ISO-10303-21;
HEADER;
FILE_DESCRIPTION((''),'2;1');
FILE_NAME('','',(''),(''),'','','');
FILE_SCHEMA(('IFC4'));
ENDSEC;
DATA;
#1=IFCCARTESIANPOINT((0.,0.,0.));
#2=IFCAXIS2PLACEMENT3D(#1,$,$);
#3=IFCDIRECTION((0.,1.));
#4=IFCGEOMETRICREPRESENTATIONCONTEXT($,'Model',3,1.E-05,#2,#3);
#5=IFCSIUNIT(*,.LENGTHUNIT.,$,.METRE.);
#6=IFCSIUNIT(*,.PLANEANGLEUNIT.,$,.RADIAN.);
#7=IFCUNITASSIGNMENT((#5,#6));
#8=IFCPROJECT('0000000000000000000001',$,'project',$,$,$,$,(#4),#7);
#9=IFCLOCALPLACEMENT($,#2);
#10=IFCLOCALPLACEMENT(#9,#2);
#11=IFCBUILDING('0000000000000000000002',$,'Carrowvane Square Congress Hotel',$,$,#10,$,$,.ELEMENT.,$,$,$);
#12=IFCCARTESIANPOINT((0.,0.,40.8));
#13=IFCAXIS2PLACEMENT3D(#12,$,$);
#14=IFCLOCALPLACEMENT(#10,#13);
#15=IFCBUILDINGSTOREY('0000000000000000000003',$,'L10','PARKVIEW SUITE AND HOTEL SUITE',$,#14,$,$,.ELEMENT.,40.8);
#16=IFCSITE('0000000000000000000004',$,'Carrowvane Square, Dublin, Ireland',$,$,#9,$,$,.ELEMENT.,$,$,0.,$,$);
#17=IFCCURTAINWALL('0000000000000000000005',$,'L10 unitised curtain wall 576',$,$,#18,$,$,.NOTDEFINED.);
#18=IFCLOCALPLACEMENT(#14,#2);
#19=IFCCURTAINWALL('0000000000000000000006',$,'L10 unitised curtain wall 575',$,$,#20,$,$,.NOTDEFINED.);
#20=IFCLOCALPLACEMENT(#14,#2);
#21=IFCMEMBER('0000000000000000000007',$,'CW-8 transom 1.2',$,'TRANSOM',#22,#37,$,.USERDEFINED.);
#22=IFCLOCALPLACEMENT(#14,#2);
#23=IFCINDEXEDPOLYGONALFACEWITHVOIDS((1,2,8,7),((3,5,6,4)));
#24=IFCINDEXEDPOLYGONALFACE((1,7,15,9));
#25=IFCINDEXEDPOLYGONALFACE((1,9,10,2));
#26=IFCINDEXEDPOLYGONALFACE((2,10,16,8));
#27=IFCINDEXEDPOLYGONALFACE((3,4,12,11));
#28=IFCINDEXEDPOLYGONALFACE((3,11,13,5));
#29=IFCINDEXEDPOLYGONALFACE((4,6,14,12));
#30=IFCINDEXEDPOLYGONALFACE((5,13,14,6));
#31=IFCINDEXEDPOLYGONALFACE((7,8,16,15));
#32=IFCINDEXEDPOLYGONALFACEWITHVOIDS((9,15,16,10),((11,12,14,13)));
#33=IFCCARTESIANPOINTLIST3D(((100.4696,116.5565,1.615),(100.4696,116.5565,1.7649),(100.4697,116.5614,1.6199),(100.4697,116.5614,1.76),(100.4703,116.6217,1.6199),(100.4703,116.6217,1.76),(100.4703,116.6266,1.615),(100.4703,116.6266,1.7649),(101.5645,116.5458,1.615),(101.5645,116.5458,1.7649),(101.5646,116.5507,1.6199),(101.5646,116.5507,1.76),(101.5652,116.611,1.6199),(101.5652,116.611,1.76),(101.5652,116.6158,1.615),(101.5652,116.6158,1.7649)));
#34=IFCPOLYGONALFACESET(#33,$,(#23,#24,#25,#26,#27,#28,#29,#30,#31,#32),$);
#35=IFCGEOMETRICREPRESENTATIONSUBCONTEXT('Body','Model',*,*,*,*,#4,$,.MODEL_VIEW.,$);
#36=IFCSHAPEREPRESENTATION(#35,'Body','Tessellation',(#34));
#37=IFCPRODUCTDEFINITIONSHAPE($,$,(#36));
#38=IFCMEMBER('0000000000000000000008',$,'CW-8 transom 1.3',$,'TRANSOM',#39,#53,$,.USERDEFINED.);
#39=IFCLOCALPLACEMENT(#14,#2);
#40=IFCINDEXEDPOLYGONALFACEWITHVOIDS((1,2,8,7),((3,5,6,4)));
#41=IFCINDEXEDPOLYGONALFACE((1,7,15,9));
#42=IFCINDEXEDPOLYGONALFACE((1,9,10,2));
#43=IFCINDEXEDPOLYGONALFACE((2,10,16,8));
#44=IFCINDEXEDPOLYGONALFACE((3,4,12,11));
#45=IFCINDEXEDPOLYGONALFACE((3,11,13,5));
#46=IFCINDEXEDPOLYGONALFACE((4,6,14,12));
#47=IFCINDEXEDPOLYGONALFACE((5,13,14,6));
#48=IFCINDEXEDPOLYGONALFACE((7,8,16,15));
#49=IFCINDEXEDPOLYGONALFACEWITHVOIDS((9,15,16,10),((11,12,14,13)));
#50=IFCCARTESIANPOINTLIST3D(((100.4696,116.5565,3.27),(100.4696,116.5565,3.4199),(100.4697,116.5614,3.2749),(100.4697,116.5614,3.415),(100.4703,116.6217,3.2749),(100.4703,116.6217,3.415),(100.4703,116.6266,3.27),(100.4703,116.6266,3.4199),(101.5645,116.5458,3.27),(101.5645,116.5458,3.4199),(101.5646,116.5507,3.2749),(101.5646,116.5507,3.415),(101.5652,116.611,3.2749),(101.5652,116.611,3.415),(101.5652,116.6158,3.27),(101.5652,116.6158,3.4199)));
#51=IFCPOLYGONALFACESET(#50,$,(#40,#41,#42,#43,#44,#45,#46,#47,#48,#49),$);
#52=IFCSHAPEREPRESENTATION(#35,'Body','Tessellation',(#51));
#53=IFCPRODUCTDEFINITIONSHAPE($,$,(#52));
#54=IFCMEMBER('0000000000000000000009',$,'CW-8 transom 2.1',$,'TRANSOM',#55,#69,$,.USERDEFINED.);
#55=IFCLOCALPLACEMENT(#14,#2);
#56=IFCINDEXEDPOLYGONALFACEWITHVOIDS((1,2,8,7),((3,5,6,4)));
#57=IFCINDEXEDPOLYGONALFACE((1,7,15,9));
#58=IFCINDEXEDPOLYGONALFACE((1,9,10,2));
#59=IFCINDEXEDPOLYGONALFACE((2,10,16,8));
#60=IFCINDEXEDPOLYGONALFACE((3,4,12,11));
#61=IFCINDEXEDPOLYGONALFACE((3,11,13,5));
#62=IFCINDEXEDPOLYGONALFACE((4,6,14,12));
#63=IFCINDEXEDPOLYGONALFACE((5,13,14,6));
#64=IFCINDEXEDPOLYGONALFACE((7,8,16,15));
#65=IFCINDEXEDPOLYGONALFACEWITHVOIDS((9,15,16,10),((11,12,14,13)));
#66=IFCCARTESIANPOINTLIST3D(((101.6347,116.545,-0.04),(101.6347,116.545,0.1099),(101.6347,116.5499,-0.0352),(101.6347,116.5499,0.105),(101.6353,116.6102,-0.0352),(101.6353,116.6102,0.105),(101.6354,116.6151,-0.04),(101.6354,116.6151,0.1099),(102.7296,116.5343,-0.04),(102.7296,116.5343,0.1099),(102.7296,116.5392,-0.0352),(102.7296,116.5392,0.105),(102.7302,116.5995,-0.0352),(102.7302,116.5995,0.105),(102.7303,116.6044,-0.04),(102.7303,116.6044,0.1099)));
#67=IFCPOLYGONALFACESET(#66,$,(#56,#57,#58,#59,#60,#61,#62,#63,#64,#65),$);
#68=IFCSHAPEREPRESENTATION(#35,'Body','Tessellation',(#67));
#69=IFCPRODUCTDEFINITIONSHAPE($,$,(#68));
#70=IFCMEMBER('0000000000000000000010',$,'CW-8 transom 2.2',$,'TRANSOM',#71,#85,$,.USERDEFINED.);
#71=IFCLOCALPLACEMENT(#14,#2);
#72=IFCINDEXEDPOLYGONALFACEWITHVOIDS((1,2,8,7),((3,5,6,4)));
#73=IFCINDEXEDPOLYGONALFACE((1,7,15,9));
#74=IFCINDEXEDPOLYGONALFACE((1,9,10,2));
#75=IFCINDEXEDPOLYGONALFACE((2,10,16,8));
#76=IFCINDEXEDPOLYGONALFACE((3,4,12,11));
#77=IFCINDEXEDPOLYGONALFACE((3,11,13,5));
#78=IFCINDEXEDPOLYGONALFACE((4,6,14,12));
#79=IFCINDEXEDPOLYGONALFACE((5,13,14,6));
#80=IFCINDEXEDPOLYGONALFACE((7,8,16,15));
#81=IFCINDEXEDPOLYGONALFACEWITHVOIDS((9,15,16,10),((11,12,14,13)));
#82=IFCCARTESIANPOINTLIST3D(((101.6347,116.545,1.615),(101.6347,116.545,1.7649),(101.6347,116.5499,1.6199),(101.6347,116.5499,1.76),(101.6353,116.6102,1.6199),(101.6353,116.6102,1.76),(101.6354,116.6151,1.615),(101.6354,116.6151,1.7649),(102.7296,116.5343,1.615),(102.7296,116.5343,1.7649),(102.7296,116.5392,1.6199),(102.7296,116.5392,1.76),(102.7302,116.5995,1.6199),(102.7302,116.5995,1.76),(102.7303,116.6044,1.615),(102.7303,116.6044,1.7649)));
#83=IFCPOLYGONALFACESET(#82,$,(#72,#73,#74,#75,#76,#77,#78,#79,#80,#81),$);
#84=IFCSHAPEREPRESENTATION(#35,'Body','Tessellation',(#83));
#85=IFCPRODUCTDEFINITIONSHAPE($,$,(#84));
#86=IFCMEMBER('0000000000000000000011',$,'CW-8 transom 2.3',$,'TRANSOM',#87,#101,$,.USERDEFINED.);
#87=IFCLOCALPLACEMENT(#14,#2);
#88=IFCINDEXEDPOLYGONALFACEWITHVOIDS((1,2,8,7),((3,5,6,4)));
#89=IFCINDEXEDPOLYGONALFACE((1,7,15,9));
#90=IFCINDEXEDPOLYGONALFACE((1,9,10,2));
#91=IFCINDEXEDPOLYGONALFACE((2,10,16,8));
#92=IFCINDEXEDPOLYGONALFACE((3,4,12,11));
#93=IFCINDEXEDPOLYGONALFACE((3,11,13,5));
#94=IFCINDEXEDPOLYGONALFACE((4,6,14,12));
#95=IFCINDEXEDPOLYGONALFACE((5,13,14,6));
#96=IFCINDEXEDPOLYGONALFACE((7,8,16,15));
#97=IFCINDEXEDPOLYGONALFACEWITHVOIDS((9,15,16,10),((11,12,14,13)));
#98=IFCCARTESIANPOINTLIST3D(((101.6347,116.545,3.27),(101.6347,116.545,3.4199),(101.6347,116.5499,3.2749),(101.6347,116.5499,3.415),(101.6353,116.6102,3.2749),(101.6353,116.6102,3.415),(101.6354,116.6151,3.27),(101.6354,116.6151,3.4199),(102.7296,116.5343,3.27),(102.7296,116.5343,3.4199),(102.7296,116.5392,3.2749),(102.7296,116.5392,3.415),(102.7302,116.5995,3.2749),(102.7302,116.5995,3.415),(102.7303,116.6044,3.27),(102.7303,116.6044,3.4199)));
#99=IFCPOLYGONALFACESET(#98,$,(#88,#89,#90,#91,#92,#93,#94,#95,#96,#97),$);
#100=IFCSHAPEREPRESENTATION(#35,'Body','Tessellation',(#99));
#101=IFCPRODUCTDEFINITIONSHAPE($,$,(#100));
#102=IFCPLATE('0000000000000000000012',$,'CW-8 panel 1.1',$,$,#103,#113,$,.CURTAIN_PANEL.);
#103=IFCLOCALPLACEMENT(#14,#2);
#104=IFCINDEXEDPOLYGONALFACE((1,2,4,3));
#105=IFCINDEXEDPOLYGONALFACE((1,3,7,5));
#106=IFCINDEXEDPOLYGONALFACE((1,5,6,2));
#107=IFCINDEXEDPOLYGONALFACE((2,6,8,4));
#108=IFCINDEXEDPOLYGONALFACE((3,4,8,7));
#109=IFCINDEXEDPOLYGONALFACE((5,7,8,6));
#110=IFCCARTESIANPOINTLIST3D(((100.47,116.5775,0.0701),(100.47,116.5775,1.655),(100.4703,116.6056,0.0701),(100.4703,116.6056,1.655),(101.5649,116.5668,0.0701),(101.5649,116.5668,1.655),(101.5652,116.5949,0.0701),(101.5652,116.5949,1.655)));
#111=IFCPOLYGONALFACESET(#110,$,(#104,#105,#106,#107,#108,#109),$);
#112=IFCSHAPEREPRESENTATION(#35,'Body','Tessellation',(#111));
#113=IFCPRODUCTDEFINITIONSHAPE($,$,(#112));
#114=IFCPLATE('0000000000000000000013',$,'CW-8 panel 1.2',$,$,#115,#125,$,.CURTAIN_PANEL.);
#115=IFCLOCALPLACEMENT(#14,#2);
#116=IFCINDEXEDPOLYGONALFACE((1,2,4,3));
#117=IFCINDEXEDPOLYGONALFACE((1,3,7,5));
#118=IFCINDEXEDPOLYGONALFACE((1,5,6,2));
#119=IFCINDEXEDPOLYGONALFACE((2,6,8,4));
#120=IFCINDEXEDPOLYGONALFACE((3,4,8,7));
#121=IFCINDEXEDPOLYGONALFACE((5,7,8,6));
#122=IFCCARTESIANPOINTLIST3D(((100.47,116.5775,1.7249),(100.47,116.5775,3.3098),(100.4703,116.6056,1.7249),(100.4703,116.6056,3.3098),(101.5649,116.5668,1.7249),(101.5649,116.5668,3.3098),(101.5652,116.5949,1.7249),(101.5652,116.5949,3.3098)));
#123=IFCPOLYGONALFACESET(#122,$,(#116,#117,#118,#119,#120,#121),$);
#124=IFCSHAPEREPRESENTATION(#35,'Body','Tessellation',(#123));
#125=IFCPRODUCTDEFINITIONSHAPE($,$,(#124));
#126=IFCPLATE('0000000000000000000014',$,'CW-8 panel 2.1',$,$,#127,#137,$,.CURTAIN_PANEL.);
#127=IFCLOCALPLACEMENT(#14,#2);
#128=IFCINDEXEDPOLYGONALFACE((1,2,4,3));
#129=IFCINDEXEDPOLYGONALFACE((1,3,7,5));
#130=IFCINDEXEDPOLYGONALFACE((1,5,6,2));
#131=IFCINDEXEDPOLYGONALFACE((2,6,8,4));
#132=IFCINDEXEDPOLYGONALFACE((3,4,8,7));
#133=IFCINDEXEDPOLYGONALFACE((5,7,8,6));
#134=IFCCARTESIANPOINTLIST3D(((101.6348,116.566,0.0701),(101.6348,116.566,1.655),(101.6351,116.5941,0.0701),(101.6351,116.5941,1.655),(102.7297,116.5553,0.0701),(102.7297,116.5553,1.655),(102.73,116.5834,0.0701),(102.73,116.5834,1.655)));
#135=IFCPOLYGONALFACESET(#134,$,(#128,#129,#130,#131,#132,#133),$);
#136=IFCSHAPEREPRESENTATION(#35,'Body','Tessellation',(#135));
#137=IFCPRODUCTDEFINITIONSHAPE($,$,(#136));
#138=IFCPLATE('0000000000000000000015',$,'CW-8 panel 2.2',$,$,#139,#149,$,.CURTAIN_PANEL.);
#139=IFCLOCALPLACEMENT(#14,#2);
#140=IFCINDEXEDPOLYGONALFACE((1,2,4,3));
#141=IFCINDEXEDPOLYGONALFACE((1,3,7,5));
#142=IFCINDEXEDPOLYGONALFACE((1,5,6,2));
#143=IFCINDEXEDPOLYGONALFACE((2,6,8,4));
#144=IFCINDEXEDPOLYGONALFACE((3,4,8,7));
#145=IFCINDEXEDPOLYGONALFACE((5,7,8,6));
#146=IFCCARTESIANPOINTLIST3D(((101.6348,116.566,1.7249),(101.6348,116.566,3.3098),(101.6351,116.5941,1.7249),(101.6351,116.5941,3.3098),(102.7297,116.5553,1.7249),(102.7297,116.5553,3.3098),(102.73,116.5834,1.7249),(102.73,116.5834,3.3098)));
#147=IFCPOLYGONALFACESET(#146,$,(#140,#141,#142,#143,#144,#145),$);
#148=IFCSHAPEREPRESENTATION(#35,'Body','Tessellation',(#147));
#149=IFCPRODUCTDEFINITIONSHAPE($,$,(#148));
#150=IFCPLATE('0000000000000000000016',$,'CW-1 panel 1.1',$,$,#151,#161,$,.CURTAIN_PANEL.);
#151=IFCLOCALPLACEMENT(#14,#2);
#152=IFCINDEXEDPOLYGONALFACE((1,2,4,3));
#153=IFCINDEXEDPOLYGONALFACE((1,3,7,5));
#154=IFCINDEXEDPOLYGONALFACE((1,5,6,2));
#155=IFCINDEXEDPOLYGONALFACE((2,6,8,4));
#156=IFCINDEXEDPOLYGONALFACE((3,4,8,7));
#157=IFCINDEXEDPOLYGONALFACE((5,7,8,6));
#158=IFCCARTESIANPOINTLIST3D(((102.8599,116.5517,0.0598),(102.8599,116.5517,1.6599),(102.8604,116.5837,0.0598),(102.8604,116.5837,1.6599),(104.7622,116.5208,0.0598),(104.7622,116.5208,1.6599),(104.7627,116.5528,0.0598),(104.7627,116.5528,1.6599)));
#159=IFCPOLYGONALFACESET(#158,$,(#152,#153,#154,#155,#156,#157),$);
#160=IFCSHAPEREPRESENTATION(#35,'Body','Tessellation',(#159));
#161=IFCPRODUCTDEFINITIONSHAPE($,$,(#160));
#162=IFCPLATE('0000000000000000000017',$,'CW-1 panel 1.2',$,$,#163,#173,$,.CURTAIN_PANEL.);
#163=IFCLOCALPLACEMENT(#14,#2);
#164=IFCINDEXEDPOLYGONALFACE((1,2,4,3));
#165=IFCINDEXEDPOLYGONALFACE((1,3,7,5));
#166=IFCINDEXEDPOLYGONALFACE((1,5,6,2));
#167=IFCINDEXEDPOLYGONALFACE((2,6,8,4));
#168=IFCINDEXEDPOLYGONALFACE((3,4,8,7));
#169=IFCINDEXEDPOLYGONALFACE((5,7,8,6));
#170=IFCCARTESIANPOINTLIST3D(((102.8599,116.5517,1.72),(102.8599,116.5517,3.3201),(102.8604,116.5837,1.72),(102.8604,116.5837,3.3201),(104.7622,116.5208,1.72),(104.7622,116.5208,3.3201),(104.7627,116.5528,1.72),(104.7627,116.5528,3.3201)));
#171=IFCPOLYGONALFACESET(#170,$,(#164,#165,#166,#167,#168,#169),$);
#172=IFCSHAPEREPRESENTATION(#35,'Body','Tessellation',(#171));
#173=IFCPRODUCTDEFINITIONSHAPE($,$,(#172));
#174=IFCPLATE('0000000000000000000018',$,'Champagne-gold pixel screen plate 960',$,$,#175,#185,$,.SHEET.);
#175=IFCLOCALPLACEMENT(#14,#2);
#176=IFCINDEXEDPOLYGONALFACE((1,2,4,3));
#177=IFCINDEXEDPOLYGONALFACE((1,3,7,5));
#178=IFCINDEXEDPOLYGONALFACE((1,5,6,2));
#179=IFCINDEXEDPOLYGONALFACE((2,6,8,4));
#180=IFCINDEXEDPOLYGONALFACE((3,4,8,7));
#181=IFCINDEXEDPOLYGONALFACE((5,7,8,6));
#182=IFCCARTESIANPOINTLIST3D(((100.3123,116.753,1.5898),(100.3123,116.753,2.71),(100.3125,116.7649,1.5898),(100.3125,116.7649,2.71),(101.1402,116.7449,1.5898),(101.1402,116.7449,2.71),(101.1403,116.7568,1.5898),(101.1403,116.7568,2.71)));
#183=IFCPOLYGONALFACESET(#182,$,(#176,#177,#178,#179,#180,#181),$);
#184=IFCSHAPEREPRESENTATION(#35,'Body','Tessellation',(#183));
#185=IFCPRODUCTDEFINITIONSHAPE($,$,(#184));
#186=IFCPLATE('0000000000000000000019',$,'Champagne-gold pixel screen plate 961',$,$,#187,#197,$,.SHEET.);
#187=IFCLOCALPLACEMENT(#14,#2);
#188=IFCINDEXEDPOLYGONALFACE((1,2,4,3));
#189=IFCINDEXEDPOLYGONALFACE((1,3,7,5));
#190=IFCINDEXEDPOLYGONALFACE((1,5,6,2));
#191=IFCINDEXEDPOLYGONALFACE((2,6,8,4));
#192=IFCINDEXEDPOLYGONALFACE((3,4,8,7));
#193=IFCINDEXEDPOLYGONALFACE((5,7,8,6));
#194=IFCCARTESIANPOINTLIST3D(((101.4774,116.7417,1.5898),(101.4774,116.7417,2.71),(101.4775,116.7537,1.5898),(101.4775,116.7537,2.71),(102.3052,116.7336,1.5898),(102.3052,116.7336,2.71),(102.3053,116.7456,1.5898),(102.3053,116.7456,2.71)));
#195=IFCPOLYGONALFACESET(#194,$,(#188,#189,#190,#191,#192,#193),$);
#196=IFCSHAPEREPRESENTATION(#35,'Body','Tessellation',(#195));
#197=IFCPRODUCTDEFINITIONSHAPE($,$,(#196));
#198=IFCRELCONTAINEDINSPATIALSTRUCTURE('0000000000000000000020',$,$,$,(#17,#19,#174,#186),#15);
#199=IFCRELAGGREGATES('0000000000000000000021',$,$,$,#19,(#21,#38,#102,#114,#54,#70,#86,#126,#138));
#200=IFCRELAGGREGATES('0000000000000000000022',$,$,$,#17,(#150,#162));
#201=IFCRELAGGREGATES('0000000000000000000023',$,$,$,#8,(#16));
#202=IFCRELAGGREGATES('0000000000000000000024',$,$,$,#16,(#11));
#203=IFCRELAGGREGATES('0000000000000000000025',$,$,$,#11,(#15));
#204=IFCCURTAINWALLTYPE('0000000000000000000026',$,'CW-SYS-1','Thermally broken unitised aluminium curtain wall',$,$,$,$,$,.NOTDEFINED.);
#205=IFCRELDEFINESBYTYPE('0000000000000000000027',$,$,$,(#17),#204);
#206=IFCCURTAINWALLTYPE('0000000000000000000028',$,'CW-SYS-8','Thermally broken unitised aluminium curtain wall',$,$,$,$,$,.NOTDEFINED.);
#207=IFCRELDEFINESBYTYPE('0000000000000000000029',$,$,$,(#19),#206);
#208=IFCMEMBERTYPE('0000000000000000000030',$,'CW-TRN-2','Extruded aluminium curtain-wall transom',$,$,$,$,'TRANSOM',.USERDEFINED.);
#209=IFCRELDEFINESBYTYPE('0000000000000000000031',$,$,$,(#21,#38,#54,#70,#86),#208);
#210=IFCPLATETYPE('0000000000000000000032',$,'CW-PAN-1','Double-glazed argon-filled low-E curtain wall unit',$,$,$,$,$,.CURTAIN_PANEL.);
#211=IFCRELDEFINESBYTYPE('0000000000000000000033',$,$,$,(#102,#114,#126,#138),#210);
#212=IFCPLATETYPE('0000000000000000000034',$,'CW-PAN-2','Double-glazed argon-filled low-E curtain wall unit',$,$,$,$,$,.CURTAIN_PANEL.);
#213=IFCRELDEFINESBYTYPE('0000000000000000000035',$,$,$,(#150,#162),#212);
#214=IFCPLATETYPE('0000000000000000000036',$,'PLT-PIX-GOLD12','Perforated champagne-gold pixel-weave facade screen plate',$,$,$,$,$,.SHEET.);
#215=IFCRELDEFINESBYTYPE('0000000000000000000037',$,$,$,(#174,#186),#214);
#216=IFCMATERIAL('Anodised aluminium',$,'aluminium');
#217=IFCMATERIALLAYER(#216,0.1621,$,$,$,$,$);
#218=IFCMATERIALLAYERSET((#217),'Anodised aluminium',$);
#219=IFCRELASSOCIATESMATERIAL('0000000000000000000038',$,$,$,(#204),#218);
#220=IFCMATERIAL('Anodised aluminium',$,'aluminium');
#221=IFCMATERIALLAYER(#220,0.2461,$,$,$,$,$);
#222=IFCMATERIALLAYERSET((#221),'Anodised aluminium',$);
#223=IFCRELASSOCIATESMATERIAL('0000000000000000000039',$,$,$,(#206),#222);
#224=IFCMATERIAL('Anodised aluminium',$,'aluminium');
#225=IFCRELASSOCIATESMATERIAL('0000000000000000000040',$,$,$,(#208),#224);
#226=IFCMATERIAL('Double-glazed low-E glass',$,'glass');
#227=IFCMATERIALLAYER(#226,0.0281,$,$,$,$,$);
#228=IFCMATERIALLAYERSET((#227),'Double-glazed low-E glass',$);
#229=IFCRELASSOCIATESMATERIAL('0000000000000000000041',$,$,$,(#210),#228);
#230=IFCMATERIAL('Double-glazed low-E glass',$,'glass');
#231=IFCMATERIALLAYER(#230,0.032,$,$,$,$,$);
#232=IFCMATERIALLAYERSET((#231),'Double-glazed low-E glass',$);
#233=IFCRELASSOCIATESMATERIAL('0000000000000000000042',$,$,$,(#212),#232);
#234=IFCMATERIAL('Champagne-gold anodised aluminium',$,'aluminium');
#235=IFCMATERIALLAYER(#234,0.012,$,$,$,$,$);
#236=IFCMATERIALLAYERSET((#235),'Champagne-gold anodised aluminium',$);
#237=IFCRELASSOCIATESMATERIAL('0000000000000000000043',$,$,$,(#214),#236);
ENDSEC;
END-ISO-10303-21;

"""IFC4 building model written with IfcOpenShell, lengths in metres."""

from ifc_helpers import new_model, si_unit, direction, frame, origin, origin_2d, place, context, subcontext, project, spatial, rectangle, hollow_rectangle, extrude, material, layer, layer_set, material_profile, profile_set, type_object, element, aggregate, save


model = new_model("IFC4")

# Units and contexts
model_context = context("Model", 3, precision=1e-05, world=origin(), true_north=direction((0.0, 1.0)))
body_context = subcontext(model_context, "Body", "Model", "MODEL_VIEW")
ifc_project = project(units=[si_unit("LENGTHUNIT", "METRE"), si_unit("PLANEANGLEUNIT", "RADIAN")], contexts=[model_context])

# Site, building, storey
site_placement = place(None, origin())
site = spatial("IfcSite", under=ifc_project, at=site_placement, Name="Carrowvane Square, Dublin, Ireland", CompositionType="ELEMENT", RefElevation=0.0)
building_placement = place(site_placement, origin())
building = spatial("IfcBuilding", under=site, at=building_placement, Name="Carrowvane Square Congress Hotel", CompositionType="ELEMENT")
storey_placement = place(building_placement, frame((0.0, 0.0, 40.8)))
storey = spatial("IfcBuildingStorey", under=building, at=storey_placement, Name="L10", Description="PARKVIEW SUITE AND HOTEL SUITE", CompositionType="ELEMENT", Elevation=40.8)

# Curtain walls
ifc_material_1 = material(Name="Anodised aluminium", Category="aluminium")
ifc_layer_1 = layer(ifc_material_1, 0.1621)
ifc_layer_set_1 = layer_set([ifc_layer_1], Name="Anodised aluminium")
curtain_wall_type_1 = type_object("IfcCurtainWallType", Name="CW-SYS-1", Description="Thermally broken unitised aluminium curtain wall", PredefinedType="NOTDEFINED", material=ifc_layer_set_1)
curtain_wall_1_placement = place(storey_placement, origin())
curtain_wall_1 = element("IfcCurtainWall", 1, at=curtain_wall_1_placement, inside=storey, type_object=curtain_wall_type_1, Name="L10 unitised curtain wall 576", PredefinedType="NOTDEFINED")
ifc_material_2 = material(Name="Anodised aluminium", Category="aluminium")
ifc_layer_2 = layer(ifc_material_2, 0.2461)
ifc_layer_set_2 = layer_set([ifc_layer_2], Name="Anodised aluminium")
curtain_wall_type_2 = type_object("IfcCurtainWallType", Name="CW-SYS-8", Description="Thermally broken unitised aluminium curtain wall", PredefinedType="NOTDEFINED", material=ifc_layer_set_2)
curtain_wall_2_placement = place(storey_placement, origin())
curtain_wall_2 = element("IfcCurtainWall", 2, at=curtain_wall_2_placement, inside=storey, type_object=curtain_wall_type_2, Name="L10 unitised curtain wall 575", PredefinedType="NOTDEFINED")

# Members
ifc_material_3 = material(Name="Anodised aluminium", Category="aluminium")
ifc_material_profile_1 = material_profile(ifc_material_3, hollow_rectangle(XDim=0.0701, YDim=0.1499, WallThickness=0.0049, at=origin_2d()), Name="CW-TR 70x150x5")
ifc_profile_set_1 = profile_set([ifc_material_profile_1], Name="Anodised aluminium")
member_type_1 = type_object("IfcMemberType", Name="CW-TRN-2", Description="Extruded aluminium curtain-wall transom", ElementType="TRANSOM", PredefinedType="USERDEFINED", material=ifc_profile_set_1)
member_1_placement = place(storey_placement, frame((100.47, 116.5916, 1.6899), z_axis=(0.999952, -0.00981, 0.0), x_axis=(0.00981, 0.999952, 0.0)))
member_1 = element("IfcMember", 3, at=member_1_placement, type_object=member_type_1, Name="CW-8 transom 1.2", ObjectType="TRANSOM", PredefinedType="USERDEFINED", context=body_context, shape_type="SweptSolid", body=[
    extrude(hollow_rectangle(XDim=0.0701, YDim=0.1499, WallThickness=0.0049, at=origin_2d()), origin(), (0.0, 0.0, 1.0), 1.095),
])
member_2_placement = place(storey_placement, frame((100.47, 116.5916, 3.345), z_axis=(0.999952, -0.00981, 0.0), x_axis=(0.00981, 0.999952, 0.0)))
member_2 = element("IfcMember", 4, at=member_2_placement, type_object=member_type_1, Name="CW-8 transom 1.3", ObjectType="TRANSOM", PredefinedType="USERDEFINED", context=body_context, shape_type="SweptSolid", body=[
    extrude(hollow_rectangle(XDim=0.0701, YDim=0.1499, WallThickness=0.0049, at=origin_2d()), origin(), (0.0, 0.0, 1.0), 1.095),
])
member_3_placement = place(storey_placement, frame((101.635, 116.5801, 0.0349), z_axis=(0.999952, -0.00981, 0.0), x_axis=(0.00981, 0.999952, 0.0)))
member_3 = element("IfcMember", 5, at=member_3_placement, type_object=member_type_1, Name="CW-8 transom 2.1", ObjectType="TRANSOM", PredefinedType="USERDEFINED", context=body_context, shape_type="SweptSolid", body=[
    extrude(hollow_rectangle(XDim=0.0701, YDim=0.1499, WallThickness=0.0049, at=origin_2d()), origin(), (0.0, 0.0, 1.0), 1.095),
])
member_4_placement = place(storey_placement, frame((101.635, 116.5801, 1.6899), z_axis=(0.999952, -0.00981, 0.0), x_axis=(0.00981, 0.999952, 0.0)))
member_4 = element("IfcMember", 6, at=member_4_placement, type_object=member_type_1, Name="CW-8 transom 2.2", ObjectType="TRANSOM", PredefinedType="USERDEFINED", context=body_context, shape_type="SweptSolid", body=[
    extrude(hollow_rectangle(XDim=0.0701, YDim=0.1499, WallThickness=0.0049, at=origin_2d()), origin(), (0.0, 0.0, 1.0), 1.095),
])
member_5_placement = place(storey_placement, frame((101.635, 116.5801, 3.345), z_axis=(0.999952, -0.00981, 0.0), x_axis=(0.00981, 0.999952, 0.0)))
member_5 = element("IfcMember", 7, at=member_5_placement, type_object=member_type_1, Name="CW-8 transom 2.3", ObjectType="TRANSOM", PredefinedType="USERDEFINED", context=body_context, shape_type="SweptSolid", body=[
    extrude(hollow_rectangle(XDim=0.0701, YDim=0.1499, WallThickness=0.0049, at=origin_2d()), origin(), (0.0, 0.0, 1.0), 1.095),
])

# Plates
ifc_material_4 = material(Name="Double-glazed low-E glass", Category="glass")
ifc_layer_3 = layer(ifc_material_4, 0.0281)
ifc_layer_set_3 = layer_set([ifc_layer_3], Name="Double-glazed low-E glass")
plate_type_1 = type_object("IfcPlateType", Name="CW-PAN-1", Description="Double-glazed argon-filled low-E curtain wall unit", PredefinedType="CURTAIN_PANEL", material=ifc_layer_set_3)
plate_1_placement = place(storey_placement, frame((101.0176, 116.5862, 0.0701), z_axis=(0.0, 0.0, 1.0), x_axis=(0.999952, -0.009783, 0.0)))
plate_1 = element("IfcPlate", 8, at=plate_1_placement, type_object=plate_type_1, Name="CW-8 panel 1.1", PredefinedType="CURTAIN_PANEL", context=body_context, shape_type="SweptSolid", body=[
    extrude(rectangle(XDim=1.095, YDim=0.0281, at=origin_2d()), origin(), (0.0, 0.0, 1.0), 1.585),
])
plate_2_placement = place(storey_placement, frame((101.0176, 116.5862, 1.7249), z_axis=(0.0, 0.0, 1.0), x_axis=(0.999952, -0.009783, 0.0)))
plate_2 = element("IfcPlate", 9, at=plate_2_placement, type_object=plate_type_1, Name="CW-8 panel 1.2", PredefinedType="CURTAIN_PANEL", context=body_context, shape_type="SweptSolid", body=[
    extrude(rectangle(XDim=1.095, YDim=0.0281, at=origin_2d()), origin(), (0.0, 0.0, 1.0), 1.585),
])
plate_3_placement = place(storey_placement, frame((102.1824, 116.5747, 0.0701), z_axis=(0.0, 0.0, 1.0), x_axis=(0.999952, -0.009783, 0.0)))
plate_3 = element("IfcPlate", 10, at=plate_3_placement, type_object=plate_type_1, Name="CW-8 panel 2.1", PredefinedType="CURTAIN_PANEL", context=body_context, shape_type="SweptSolid", body=[
    extrude(rectangle(XDim=1.095, YDim=0.0281, at=origin_2d()), origin(), (0.0, 0.0, 1.0), 1.585),
])
plate_4_placement = place(storey_placement, frame((102.1824, 116.5747, 1.7249), z_axis=(0.0, 0.0, 1.0), x_axis=(0.999952, -0.009783, 0.0)))
plate_4 = element("IfcPlate", 11, at=plate_4_placement, type_object=plate_type_1, Name="CW-8 panel 2.2", PredefinedType="CURTAIN_PANEL", context=body_context, shape_type="SweptSolid", body=[
    extrude(rectangle(XDim=1.095, YDim=0.0281, at=origin_2d()), origin(), (0.0, 0.0, 1.0), 1.585),
])
aggregate(curtain_wall_2, [member_1, member_2, plate_1, plate_2, member_3, member_4, member_5, plate_3, plate_4])
ifc_material_5 = material(Name="Double-glazed low-E glass", Category="glass")
ifc_layer_4 = layer(ifc_material_5, 0.032)
ifc_layer_set_4 = layer_set([ifc_layer_4], Name="Double-glazed low-E glass")
plate_type_2 = type_object("IfcPlateType", Name="CW-PAN-2", Description="Double-glazed argon-filled low-E curtain wall unit", PredefinedType="CURTAIN_PANEL", material=ifc_layer_set_4)
plate_5_placement = place(storey_placement, frame((103.8113, 116.5522, 0.0598), z_axis=(0.0, 0.0, 1.0), x_axis=(0.999869, -0.016216, 0.0)))
plate_5 = element("IfcPlate", 12, at=plate_5_placement, type_object=plate_type_2, Name="CW-1 panel 1.1", PredefinedType="CURTAIN_PANEL", context=body_context, shape_type="SweptSolid", body=[
    extrude(rectangle(XDim=1.9026, YDim=0.032, at=origin_2d()), origin(), (0.0, 0.0, 1.0), 1.6001),
])
plate_6_placement = place(storey_placement, frame((103.8113, 116.5522, 1.72), z_axis=(0.0, 0.0, 1.0), x_axis=(0.999869, -0.016216, 0.0)))
plate_6 = element("IfcPlate", 13, at=plate_6_placement, type_object=plate_type_2, Name="CW-1 panel 1.2", PredefinedType="CURTAIN_PANEL", context=body_context, shape_type="SweptSolid", body=[
    extrude(rectangle(XDim=1.9026, YDim=0.032, at=origin_2d()), origin(), (0.0, 0.0, 1.0), 1.6001),
])
aggregate(curtain_wall_1, [plate_5, plate_6])

# Plates
ifc_material_6 = material(Name="Champagne-gold anodised aluminium", Category="aluminium")
ifc_layer_5 = layer(ifc_material_6, 0.012)
ifc_layer_set_5 = layer_set([ifc_layer_5], Name="Champagne-gold anodised aluminium")
plate_type_3 = type_object("IfcPlateType", Name="PLT-PIX-GOLD12", Description="Perforated champagne-gold pixel-weave facade screen plate", PredefinedType="SHEET", material=ifc_layer_set_5)
for number, where, z_axis, x_axis, name in (
    (14, (100.7263, 116.7549, 1.5898), (0.0, 0.0, 1.0), (0.999952, -0.009782, 0.0), "Champagne-gold pixel screen plate 960"),
    (15, (101.8914, 116.7437, 1.5898), (0.0, 0.0, 1.0), (0.999952, -0.009782, 0.0), "Champagne-gold pixel screen plate 961"),
):
    element("IfcPlate", number, at=place(storey_placement, frame(where, z_axis=z_axis, x_axis=x_axis)), inside=storey, type_object=plate_type_3, Name=name, PredefinedType="SHEET", context=body_context, shape_type="SweptSolid", body=[
        extrude(rectangle(XDim=0.8279, YDim=0.012, at=origin_2d()), origin(), (0.0, 0.0, 1.0), 1.1201),
    ])

save(model, "model.ifc")
